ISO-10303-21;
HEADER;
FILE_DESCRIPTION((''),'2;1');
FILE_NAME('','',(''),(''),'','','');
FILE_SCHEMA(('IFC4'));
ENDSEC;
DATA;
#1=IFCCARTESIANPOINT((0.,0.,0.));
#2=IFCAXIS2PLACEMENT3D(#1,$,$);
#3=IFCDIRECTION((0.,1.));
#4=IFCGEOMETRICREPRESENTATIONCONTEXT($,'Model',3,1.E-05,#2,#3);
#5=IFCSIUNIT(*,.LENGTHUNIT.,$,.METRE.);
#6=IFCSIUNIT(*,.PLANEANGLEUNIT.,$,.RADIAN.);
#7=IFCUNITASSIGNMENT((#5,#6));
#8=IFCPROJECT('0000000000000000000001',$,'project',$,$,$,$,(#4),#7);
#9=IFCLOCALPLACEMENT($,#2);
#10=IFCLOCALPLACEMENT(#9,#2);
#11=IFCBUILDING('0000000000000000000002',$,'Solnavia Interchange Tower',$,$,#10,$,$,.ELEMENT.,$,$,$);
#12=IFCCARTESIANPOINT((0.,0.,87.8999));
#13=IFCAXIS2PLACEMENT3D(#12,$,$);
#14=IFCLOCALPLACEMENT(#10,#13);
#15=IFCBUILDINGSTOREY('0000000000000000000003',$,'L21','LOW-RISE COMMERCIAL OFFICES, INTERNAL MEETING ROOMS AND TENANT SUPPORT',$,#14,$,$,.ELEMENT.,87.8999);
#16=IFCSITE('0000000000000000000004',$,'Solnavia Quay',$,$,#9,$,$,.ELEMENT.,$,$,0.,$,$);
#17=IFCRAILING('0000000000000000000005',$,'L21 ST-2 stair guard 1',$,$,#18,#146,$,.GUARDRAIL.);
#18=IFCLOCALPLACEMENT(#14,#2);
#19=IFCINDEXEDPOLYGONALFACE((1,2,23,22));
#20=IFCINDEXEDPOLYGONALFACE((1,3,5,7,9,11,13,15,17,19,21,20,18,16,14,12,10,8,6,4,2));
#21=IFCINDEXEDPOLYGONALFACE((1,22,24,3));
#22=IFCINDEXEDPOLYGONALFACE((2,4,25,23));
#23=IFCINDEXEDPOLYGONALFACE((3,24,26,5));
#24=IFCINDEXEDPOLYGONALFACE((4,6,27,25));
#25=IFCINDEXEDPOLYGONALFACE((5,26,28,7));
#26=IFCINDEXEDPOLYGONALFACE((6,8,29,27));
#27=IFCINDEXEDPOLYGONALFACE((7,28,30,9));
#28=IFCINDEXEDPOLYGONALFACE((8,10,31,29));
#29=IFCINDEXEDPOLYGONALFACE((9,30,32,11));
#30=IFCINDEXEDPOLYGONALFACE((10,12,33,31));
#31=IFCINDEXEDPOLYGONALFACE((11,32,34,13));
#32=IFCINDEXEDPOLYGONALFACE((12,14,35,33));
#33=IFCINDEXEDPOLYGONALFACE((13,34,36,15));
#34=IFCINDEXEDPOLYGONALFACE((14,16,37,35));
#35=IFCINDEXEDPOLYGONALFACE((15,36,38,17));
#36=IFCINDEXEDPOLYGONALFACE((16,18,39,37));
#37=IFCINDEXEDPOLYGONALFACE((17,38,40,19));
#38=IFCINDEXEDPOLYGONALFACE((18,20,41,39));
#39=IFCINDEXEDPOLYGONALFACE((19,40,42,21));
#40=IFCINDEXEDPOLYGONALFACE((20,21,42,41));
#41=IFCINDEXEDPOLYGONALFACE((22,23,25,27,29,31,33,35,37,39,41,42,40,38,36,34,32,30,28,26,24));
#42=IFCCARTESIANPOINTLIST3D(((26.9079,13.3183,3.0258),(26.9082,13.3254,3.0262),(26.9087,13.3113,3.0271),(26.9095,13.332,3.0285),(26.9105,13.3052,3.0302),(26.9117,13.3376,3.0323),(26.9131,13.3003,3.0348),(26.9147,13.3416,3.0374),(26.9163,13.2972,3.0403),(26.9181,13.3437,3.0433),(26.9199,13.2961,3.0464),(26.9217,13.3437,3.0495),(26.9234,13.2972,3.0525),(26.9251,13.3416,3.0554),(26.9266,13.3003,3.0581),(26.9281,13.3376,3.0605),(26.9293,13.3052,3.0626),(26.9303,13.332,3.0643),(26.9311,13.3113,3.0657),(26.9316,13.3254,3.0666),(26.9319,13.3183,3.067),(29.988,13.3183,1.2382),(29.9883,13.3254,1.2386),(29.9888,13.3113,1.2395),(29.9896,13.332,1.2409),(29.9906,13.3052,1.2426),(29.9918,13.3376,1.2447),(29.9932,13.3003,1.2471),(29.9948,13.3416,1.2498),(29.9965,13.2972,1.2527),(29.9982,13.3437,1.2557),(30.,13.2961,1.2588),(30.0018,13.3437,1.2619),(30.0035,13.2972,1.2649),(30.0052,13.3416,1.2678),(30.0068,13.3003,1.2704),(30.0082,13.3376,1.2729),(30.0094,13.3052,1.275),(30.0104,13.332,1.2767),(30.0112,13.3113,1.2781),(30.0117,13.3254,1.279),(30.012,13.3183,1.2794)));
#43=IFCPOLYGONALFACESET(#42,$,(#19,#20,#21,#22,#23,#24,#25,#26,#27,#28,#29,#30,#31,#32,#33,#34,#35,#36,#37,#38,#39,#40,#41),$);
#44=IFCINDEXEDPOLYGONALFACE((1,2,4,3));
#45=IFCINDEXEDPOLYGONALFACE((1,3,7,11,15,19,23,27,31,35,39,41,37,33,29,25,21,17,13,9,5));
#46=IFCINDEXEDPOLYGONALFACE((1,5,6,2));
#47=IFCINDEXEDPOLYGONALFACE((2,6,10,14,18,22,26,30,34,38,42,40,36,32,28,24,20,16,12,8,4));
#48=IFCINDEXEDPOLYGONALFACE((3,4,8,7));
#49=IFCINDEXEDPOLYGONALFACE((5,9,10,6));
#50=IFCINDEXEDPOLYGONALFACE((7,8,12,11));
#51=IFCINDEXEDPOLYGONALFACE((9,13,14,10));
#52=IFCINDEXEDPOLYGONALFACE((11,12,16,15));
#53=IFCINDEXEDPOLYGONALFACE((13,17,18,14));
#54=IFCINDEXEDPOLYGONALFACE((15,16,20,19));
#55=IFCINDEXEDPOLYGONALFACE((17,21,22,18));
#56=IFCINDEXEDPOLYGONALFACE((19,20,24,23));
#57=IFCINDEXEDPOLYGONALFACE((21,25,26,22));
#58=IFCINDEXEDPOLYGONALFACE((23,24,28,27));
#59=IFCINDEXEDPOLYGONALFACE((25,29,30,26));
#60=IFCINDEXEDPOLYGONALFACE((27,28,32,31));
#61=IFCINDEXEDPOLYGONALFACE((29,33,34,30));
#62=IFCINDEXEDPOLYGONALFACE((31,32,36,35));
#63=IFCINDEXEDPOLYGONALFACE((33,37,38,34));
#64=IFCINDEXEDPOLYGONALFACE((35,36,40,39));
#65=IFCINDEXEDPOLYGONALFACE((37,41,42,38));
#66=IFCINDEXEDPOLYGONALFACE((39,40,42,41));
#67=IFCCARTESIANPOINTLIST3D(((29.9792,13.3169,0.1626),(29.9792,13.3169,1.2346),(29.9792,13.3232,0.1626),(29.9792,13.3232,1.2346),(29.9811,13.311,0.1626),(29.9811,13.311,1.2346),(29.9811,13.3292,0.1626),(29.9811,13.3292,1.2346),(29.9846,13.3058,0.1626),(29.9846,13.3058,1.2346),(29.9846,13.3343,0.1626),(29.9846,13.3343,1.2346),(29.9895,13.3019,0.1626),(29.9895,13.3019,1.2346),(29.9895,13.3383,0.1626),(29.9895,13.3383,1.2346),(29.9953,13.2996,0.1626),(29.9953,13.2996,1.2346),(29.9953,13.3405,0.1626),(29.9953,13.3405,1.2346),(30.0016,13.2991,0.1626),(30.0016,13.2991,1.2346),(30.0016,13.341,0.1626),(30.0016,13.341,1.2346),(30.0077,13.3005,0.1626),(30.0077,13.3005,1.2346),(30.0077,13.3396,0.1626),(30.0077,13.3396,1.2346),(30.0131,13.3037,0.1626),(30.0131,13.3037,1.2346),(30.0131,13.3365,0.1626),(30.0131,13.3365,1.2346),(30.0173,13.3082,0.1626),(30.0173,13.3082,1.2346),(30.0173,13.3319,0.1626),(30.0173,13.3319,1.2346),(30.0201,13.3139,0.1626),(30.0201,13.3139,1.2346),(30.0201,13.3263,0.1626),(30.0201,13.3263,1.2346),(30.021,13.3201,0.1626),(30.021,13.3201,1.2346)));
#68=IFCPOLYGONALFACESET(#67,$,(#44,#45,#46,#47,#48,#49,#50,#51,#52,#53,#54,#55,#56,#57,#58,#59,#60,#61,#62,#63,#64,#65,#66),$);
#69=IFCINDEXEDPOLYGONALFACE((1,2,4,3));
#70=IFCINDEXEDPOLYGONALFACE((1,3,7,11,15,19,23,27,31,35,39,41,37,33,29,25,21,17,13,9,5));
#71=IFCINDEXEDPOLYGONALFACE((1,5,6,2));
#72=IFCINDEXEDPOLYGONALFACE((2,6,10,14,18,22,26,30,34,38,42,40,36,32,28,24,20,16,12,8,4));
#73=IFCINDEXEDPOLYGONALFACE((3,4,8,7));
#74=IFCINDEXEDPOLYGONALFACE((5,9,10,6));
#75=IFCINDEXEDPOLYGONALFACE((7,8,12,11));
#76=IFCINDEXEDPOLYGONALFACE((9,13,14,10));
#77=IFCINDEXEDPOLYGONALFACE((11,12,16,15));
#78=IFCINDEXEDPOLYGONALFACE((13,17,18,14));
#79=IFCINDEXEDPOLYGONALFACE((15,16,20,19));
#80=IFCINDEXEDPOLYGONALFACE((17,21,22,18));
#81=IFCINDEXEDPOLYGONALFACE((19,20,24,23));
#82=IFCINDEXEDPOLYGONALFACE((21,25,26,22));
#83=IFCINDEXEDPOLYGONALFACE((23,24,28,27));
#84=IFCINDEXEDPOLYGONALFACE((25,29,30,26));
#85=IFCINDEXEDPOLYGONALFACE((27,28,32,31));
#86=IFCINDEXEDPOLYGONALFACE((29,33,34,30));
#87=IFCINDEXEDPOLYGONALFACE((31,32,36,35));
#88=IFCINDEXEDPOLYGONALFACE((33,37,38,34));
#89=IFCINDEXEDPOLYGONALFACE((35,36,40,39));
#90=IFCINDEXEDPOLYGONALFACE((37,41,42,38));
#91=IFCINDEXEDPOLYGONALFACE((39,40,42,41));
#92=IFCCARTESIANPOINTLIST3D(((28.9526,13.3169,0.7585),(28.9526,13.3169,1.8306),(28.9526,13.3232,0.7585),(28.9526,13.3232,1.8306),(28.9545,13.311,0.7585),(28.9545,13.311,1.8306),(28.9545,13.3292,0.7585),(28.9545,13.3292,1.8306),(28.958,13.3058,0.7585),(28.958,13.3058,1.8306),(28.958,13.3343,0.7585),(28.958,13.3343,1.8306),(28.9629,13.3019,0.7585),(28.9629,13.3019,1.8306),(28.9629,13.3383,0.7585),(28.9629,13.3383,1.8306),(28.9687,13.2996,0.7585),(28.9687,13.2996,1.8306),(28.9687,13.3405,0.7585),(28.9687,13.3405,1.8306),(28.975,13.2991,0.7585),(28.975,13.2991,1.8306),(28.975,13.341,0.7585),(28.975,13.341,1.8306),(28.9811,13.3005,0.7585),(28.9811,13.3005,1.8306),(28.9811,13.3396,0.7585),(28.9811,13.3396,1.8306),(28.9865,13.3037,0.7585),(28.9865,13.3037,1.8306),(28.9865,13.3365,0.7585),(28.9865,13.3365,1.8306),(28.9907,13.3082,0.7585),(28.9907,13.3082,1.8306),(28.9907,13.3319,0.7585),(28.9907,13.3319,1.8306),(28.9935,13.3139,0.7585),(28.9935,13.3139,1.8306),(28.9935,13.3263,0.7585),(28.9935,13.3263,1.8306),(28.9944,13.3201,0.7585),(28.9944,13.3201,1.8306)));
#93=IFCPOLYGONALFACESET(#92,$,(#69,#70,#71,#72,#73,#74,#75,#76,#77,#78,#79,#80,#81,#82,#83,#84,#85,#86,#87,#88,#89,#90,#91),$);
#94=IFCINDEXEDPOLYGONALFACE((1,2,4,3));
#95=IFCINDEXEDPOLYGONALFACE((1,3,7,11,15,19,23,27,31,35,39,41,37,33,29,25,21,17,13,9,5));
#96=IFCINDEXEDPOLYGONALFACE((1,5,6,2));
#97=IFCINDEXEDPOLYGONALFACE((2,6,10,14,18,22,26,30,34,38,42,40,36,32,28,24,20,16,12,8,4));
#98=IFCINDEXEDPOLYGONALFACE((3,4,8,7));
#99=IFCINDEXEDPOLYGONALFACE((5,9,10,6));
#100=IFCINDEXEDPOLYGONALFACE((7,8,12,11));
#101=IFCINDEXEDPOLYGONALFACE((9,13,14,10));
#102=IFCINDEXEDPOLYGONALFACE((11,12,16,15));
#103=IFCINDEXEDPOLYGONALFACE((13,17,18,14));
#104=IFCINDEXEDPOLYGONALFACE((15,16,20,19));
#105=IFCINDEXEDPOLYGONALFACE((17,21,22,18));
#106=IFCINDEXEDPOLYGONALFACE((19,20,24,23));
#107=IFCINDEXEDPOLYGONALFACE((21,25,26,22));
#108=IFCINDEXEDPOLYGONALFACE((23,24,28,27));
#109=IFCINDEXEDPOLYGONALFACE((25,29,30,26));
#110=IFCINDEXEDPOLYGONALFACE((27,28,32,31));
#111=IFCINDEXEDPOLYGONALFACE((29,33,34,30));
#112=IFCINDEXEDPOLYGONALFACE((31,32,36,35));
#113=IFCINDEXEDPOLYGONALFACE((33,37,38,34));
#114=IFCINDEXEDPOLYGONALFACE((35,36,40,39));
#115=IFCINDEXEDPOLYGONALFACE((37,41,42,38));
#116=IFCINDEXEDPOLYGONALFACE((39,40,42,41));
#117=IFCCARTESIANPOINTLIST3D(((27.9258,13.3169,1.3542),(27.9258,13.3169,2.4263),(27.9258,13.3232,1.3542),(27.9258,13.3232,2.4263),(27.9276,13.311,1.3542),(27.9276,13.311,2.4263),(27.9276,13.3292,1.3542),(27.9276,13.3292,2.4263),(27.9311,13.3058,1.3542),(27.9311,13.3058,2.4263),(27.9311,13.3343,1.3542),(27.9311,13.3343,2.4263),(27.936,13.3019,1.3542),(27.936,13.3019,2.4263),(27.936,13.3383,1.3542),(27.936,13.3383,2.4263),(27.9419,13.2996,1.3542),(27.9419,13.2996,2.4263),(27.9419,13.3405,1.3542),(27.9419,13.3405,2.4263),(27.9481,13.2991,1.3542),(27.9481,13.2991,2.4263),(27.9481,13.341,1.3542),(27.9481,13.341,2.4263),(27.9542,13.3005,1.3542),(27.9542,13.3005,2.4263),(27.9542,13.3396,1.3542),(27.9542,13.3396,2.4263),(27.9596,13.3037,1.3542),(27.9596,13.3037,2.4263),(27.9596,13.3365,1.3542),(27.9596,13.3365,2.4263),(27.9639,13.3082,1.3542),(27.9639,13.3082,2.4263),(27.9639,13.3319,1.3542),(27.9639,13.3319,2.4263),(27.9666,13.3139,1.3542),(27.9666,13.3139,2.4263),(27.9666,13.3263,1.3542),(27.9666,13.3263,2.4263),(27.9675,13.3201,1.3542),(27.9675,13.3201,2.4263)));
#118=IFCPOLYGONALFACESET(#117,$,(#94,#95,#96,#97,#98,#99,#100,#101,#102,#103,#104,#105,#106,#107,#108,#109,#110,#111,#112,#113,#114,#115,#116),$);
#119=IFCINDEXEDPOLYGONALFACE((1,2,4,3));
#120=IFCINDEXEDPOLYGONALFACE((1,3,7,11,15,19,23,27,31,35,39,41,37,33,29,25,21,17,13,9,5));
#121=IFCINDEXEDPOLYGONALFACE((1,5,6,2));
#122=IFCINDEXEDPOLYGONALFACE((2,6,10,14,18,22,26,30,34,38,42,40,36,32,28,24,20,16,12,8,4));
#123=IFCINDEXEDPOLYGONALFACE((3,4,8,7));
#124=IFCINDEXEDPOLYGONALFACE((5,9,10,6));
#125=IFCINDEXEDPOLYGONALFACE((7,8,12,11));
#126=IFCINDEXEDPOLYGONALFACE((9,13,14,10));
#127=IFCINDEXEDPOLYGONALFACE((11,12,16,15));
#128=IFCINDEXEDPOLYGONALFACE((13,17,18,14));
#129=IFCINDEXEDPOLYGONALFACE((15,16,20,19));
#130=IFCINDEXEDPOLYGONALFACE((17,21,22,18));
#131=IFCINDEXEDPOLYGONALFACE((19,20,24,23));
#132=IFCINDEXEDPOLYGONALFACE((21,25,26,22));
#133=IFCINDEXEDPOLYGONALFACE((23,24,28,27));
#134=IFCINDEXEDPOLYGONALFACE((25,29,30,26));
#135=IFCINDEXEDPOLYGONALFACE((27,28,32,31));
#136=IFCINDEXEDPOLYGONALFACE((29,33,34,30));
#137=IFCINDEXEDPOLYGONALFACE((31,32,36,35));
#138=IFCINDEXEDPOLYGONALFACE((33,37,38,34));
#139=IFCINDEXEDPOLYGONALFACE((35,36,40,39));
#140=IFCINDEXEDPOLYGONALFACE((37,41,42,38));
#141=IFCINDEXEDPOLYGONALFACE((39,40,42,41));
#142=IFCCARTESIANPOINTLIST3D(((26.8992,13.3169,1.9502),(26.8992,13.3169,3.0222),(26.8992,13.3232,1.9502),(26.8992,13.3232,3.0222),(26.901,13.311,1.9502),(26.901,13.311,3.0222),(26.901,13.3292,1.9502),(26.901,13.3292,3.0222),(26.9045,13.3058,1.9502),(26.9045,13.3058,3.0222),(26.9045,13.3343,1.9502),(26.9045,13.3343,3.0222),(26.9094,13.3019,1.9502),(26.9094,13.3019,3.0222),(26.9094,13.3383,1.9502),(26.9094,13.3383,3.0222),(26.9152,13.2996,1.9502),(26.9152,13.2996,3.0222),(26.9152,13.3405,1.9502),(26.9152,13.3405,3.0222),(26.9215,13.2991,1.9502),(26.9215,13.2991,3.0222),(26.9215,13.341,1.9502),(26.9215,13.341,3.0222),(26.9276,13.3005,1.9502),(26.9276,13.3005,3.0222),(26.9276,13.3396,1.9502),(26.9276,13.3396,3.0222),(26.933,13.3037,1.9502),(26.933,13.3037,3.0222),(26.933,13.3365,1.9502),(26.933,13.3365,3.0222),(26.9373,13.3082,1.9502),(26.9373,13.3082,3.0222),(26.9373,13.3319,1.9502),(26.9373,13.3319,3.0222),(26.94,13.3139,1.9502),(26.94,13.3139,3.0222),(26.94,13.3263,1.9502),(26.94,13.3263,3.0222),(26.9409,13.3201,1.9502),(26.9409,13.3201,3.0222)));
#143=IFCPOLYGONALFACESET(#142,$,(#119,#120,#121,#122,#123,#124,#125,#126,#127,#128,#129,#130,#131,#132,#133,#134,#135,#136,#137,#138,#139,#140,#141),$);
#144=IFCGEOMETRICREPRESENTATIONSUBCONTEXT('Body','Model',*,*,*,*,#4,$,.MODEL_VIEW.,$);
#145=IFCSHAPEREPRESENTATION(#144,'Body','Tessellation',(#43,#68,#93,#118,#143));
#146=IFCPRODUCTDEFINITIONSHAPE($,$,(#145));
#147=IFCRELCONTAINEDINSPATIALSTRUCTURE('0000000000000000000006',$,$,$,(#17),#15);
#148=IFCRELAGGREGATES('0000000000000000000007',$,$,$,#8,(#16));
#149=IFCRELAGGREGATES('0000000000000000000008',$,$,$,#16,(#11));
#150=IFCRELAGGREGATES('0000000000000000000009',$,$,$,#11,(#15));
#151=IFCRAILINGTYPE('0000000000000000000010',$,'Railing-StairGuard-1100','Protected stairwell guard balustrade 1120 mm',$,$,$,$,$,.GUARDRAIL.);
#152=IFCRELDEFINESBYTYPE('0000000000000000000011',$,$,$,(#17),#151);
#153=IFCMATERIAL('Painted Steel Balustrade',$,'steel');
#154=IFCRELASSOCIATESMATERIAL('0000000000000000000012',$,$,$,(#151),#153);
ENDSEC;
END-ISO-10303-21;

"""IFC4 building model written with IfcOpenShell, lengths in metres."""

from ifc_helpers import new_model, si_unit, direction, frame, origin, origin_2d, place, context, subcontext, project, spatial, circle, extrude, material, type_object, element, save


model = new_model("IFC4")

# Units and contexts
model_context = context("Model", 3, precision=1e-05, world=origin(), true_north=direction((0.0, 1.0)))
body_context = subcontext(model_context, "Body", "Model", "MODEL_VIEW")
ifc_project = project(units=[si_unit("LENGTHUNIT", "METRE"), si_unit("PLANEANGLEUNIT", "RADIAN")], contexts=[model_context])

# Site, building, storey
site_placement = place(None, origin())
site = spatial("IfcSite", under=ifc_project, at=site_placement, Name="Solnavia Quay", CompositionType="ELEMENT", RefElevation=0.0)
building_placement = place(site_placement, origin())
building = spatial("IfcBuilding", under=site, at=building_placement, Name="Solnavia Interchange Tower", CompositionType="ELEMENT")
storey_placement = place(building_placement, frame((0.0, 0.0, 87.8999)))
storey = spatial("IfcBuildingStorey", under=building, at=storey_placement, Name="L21", Description="LOW-RISE COMMERCIAL OFFICES, INTERNAL MEETING ROOMS AND TENANT SUPPORT", CompositionType="ELEMENT", Elevation=87.8999)

# Railing
ifc_material_1 = material(Name="Painted Steel Balustrade", Category="steel")
railing_type_1 = type_object("IfcRailingType", Name="Railing-StairGuard-1100", Description="Protected stairwell guard balustrade 1120 mm", PredefinedType="GUARDRAIL", material=ifc_material_1)
railing_1_placement = place(storey_placement, frame((30.0, 13.3201, 0.1626)))
element("IfcRailing", 1, at=railing_1_placement, inside=storey, type_object=railing_type_1, Name="L21 ST-2 stair guard 1", PredefinedType="GUARDRAIL", context=body_context, shape_type="SweptSolid", body=[
    extrude(circle(Radius=0.0239, at=origin_2d()), frame((0.0, 0.0, 1.0962), z_axis=(-0.864891, 0.0, 0.50196), x_axis=(0.0, -1.0, 0.0)), (0.0, 0.0, 1.0), 3.5613),
    extrude(circle(Radius=0.021, at=origin_2d()), origin(), (0.0, 0.0, 1.0), 1.072),
    extrude(circle(Radius=0.021, at=origin_2d()), frame((-1.0266, 0.0, 0.5959)), (0.0, 0.0, 1.0), 1.072),
    extrude(circle(Radius=0.021, at=origin_2d()), frame((-2.0535, 0.0, 1.1917)), (0.0, 0.0, 1.0), 1.072),
    extrude(circle(Radius=0.021, at=origin_2d()), frame((-3.0801, 0.0, 1.7876)), (0.0, 0.0, 1.0), 1.072),
])

save(model, "model.ifc")
